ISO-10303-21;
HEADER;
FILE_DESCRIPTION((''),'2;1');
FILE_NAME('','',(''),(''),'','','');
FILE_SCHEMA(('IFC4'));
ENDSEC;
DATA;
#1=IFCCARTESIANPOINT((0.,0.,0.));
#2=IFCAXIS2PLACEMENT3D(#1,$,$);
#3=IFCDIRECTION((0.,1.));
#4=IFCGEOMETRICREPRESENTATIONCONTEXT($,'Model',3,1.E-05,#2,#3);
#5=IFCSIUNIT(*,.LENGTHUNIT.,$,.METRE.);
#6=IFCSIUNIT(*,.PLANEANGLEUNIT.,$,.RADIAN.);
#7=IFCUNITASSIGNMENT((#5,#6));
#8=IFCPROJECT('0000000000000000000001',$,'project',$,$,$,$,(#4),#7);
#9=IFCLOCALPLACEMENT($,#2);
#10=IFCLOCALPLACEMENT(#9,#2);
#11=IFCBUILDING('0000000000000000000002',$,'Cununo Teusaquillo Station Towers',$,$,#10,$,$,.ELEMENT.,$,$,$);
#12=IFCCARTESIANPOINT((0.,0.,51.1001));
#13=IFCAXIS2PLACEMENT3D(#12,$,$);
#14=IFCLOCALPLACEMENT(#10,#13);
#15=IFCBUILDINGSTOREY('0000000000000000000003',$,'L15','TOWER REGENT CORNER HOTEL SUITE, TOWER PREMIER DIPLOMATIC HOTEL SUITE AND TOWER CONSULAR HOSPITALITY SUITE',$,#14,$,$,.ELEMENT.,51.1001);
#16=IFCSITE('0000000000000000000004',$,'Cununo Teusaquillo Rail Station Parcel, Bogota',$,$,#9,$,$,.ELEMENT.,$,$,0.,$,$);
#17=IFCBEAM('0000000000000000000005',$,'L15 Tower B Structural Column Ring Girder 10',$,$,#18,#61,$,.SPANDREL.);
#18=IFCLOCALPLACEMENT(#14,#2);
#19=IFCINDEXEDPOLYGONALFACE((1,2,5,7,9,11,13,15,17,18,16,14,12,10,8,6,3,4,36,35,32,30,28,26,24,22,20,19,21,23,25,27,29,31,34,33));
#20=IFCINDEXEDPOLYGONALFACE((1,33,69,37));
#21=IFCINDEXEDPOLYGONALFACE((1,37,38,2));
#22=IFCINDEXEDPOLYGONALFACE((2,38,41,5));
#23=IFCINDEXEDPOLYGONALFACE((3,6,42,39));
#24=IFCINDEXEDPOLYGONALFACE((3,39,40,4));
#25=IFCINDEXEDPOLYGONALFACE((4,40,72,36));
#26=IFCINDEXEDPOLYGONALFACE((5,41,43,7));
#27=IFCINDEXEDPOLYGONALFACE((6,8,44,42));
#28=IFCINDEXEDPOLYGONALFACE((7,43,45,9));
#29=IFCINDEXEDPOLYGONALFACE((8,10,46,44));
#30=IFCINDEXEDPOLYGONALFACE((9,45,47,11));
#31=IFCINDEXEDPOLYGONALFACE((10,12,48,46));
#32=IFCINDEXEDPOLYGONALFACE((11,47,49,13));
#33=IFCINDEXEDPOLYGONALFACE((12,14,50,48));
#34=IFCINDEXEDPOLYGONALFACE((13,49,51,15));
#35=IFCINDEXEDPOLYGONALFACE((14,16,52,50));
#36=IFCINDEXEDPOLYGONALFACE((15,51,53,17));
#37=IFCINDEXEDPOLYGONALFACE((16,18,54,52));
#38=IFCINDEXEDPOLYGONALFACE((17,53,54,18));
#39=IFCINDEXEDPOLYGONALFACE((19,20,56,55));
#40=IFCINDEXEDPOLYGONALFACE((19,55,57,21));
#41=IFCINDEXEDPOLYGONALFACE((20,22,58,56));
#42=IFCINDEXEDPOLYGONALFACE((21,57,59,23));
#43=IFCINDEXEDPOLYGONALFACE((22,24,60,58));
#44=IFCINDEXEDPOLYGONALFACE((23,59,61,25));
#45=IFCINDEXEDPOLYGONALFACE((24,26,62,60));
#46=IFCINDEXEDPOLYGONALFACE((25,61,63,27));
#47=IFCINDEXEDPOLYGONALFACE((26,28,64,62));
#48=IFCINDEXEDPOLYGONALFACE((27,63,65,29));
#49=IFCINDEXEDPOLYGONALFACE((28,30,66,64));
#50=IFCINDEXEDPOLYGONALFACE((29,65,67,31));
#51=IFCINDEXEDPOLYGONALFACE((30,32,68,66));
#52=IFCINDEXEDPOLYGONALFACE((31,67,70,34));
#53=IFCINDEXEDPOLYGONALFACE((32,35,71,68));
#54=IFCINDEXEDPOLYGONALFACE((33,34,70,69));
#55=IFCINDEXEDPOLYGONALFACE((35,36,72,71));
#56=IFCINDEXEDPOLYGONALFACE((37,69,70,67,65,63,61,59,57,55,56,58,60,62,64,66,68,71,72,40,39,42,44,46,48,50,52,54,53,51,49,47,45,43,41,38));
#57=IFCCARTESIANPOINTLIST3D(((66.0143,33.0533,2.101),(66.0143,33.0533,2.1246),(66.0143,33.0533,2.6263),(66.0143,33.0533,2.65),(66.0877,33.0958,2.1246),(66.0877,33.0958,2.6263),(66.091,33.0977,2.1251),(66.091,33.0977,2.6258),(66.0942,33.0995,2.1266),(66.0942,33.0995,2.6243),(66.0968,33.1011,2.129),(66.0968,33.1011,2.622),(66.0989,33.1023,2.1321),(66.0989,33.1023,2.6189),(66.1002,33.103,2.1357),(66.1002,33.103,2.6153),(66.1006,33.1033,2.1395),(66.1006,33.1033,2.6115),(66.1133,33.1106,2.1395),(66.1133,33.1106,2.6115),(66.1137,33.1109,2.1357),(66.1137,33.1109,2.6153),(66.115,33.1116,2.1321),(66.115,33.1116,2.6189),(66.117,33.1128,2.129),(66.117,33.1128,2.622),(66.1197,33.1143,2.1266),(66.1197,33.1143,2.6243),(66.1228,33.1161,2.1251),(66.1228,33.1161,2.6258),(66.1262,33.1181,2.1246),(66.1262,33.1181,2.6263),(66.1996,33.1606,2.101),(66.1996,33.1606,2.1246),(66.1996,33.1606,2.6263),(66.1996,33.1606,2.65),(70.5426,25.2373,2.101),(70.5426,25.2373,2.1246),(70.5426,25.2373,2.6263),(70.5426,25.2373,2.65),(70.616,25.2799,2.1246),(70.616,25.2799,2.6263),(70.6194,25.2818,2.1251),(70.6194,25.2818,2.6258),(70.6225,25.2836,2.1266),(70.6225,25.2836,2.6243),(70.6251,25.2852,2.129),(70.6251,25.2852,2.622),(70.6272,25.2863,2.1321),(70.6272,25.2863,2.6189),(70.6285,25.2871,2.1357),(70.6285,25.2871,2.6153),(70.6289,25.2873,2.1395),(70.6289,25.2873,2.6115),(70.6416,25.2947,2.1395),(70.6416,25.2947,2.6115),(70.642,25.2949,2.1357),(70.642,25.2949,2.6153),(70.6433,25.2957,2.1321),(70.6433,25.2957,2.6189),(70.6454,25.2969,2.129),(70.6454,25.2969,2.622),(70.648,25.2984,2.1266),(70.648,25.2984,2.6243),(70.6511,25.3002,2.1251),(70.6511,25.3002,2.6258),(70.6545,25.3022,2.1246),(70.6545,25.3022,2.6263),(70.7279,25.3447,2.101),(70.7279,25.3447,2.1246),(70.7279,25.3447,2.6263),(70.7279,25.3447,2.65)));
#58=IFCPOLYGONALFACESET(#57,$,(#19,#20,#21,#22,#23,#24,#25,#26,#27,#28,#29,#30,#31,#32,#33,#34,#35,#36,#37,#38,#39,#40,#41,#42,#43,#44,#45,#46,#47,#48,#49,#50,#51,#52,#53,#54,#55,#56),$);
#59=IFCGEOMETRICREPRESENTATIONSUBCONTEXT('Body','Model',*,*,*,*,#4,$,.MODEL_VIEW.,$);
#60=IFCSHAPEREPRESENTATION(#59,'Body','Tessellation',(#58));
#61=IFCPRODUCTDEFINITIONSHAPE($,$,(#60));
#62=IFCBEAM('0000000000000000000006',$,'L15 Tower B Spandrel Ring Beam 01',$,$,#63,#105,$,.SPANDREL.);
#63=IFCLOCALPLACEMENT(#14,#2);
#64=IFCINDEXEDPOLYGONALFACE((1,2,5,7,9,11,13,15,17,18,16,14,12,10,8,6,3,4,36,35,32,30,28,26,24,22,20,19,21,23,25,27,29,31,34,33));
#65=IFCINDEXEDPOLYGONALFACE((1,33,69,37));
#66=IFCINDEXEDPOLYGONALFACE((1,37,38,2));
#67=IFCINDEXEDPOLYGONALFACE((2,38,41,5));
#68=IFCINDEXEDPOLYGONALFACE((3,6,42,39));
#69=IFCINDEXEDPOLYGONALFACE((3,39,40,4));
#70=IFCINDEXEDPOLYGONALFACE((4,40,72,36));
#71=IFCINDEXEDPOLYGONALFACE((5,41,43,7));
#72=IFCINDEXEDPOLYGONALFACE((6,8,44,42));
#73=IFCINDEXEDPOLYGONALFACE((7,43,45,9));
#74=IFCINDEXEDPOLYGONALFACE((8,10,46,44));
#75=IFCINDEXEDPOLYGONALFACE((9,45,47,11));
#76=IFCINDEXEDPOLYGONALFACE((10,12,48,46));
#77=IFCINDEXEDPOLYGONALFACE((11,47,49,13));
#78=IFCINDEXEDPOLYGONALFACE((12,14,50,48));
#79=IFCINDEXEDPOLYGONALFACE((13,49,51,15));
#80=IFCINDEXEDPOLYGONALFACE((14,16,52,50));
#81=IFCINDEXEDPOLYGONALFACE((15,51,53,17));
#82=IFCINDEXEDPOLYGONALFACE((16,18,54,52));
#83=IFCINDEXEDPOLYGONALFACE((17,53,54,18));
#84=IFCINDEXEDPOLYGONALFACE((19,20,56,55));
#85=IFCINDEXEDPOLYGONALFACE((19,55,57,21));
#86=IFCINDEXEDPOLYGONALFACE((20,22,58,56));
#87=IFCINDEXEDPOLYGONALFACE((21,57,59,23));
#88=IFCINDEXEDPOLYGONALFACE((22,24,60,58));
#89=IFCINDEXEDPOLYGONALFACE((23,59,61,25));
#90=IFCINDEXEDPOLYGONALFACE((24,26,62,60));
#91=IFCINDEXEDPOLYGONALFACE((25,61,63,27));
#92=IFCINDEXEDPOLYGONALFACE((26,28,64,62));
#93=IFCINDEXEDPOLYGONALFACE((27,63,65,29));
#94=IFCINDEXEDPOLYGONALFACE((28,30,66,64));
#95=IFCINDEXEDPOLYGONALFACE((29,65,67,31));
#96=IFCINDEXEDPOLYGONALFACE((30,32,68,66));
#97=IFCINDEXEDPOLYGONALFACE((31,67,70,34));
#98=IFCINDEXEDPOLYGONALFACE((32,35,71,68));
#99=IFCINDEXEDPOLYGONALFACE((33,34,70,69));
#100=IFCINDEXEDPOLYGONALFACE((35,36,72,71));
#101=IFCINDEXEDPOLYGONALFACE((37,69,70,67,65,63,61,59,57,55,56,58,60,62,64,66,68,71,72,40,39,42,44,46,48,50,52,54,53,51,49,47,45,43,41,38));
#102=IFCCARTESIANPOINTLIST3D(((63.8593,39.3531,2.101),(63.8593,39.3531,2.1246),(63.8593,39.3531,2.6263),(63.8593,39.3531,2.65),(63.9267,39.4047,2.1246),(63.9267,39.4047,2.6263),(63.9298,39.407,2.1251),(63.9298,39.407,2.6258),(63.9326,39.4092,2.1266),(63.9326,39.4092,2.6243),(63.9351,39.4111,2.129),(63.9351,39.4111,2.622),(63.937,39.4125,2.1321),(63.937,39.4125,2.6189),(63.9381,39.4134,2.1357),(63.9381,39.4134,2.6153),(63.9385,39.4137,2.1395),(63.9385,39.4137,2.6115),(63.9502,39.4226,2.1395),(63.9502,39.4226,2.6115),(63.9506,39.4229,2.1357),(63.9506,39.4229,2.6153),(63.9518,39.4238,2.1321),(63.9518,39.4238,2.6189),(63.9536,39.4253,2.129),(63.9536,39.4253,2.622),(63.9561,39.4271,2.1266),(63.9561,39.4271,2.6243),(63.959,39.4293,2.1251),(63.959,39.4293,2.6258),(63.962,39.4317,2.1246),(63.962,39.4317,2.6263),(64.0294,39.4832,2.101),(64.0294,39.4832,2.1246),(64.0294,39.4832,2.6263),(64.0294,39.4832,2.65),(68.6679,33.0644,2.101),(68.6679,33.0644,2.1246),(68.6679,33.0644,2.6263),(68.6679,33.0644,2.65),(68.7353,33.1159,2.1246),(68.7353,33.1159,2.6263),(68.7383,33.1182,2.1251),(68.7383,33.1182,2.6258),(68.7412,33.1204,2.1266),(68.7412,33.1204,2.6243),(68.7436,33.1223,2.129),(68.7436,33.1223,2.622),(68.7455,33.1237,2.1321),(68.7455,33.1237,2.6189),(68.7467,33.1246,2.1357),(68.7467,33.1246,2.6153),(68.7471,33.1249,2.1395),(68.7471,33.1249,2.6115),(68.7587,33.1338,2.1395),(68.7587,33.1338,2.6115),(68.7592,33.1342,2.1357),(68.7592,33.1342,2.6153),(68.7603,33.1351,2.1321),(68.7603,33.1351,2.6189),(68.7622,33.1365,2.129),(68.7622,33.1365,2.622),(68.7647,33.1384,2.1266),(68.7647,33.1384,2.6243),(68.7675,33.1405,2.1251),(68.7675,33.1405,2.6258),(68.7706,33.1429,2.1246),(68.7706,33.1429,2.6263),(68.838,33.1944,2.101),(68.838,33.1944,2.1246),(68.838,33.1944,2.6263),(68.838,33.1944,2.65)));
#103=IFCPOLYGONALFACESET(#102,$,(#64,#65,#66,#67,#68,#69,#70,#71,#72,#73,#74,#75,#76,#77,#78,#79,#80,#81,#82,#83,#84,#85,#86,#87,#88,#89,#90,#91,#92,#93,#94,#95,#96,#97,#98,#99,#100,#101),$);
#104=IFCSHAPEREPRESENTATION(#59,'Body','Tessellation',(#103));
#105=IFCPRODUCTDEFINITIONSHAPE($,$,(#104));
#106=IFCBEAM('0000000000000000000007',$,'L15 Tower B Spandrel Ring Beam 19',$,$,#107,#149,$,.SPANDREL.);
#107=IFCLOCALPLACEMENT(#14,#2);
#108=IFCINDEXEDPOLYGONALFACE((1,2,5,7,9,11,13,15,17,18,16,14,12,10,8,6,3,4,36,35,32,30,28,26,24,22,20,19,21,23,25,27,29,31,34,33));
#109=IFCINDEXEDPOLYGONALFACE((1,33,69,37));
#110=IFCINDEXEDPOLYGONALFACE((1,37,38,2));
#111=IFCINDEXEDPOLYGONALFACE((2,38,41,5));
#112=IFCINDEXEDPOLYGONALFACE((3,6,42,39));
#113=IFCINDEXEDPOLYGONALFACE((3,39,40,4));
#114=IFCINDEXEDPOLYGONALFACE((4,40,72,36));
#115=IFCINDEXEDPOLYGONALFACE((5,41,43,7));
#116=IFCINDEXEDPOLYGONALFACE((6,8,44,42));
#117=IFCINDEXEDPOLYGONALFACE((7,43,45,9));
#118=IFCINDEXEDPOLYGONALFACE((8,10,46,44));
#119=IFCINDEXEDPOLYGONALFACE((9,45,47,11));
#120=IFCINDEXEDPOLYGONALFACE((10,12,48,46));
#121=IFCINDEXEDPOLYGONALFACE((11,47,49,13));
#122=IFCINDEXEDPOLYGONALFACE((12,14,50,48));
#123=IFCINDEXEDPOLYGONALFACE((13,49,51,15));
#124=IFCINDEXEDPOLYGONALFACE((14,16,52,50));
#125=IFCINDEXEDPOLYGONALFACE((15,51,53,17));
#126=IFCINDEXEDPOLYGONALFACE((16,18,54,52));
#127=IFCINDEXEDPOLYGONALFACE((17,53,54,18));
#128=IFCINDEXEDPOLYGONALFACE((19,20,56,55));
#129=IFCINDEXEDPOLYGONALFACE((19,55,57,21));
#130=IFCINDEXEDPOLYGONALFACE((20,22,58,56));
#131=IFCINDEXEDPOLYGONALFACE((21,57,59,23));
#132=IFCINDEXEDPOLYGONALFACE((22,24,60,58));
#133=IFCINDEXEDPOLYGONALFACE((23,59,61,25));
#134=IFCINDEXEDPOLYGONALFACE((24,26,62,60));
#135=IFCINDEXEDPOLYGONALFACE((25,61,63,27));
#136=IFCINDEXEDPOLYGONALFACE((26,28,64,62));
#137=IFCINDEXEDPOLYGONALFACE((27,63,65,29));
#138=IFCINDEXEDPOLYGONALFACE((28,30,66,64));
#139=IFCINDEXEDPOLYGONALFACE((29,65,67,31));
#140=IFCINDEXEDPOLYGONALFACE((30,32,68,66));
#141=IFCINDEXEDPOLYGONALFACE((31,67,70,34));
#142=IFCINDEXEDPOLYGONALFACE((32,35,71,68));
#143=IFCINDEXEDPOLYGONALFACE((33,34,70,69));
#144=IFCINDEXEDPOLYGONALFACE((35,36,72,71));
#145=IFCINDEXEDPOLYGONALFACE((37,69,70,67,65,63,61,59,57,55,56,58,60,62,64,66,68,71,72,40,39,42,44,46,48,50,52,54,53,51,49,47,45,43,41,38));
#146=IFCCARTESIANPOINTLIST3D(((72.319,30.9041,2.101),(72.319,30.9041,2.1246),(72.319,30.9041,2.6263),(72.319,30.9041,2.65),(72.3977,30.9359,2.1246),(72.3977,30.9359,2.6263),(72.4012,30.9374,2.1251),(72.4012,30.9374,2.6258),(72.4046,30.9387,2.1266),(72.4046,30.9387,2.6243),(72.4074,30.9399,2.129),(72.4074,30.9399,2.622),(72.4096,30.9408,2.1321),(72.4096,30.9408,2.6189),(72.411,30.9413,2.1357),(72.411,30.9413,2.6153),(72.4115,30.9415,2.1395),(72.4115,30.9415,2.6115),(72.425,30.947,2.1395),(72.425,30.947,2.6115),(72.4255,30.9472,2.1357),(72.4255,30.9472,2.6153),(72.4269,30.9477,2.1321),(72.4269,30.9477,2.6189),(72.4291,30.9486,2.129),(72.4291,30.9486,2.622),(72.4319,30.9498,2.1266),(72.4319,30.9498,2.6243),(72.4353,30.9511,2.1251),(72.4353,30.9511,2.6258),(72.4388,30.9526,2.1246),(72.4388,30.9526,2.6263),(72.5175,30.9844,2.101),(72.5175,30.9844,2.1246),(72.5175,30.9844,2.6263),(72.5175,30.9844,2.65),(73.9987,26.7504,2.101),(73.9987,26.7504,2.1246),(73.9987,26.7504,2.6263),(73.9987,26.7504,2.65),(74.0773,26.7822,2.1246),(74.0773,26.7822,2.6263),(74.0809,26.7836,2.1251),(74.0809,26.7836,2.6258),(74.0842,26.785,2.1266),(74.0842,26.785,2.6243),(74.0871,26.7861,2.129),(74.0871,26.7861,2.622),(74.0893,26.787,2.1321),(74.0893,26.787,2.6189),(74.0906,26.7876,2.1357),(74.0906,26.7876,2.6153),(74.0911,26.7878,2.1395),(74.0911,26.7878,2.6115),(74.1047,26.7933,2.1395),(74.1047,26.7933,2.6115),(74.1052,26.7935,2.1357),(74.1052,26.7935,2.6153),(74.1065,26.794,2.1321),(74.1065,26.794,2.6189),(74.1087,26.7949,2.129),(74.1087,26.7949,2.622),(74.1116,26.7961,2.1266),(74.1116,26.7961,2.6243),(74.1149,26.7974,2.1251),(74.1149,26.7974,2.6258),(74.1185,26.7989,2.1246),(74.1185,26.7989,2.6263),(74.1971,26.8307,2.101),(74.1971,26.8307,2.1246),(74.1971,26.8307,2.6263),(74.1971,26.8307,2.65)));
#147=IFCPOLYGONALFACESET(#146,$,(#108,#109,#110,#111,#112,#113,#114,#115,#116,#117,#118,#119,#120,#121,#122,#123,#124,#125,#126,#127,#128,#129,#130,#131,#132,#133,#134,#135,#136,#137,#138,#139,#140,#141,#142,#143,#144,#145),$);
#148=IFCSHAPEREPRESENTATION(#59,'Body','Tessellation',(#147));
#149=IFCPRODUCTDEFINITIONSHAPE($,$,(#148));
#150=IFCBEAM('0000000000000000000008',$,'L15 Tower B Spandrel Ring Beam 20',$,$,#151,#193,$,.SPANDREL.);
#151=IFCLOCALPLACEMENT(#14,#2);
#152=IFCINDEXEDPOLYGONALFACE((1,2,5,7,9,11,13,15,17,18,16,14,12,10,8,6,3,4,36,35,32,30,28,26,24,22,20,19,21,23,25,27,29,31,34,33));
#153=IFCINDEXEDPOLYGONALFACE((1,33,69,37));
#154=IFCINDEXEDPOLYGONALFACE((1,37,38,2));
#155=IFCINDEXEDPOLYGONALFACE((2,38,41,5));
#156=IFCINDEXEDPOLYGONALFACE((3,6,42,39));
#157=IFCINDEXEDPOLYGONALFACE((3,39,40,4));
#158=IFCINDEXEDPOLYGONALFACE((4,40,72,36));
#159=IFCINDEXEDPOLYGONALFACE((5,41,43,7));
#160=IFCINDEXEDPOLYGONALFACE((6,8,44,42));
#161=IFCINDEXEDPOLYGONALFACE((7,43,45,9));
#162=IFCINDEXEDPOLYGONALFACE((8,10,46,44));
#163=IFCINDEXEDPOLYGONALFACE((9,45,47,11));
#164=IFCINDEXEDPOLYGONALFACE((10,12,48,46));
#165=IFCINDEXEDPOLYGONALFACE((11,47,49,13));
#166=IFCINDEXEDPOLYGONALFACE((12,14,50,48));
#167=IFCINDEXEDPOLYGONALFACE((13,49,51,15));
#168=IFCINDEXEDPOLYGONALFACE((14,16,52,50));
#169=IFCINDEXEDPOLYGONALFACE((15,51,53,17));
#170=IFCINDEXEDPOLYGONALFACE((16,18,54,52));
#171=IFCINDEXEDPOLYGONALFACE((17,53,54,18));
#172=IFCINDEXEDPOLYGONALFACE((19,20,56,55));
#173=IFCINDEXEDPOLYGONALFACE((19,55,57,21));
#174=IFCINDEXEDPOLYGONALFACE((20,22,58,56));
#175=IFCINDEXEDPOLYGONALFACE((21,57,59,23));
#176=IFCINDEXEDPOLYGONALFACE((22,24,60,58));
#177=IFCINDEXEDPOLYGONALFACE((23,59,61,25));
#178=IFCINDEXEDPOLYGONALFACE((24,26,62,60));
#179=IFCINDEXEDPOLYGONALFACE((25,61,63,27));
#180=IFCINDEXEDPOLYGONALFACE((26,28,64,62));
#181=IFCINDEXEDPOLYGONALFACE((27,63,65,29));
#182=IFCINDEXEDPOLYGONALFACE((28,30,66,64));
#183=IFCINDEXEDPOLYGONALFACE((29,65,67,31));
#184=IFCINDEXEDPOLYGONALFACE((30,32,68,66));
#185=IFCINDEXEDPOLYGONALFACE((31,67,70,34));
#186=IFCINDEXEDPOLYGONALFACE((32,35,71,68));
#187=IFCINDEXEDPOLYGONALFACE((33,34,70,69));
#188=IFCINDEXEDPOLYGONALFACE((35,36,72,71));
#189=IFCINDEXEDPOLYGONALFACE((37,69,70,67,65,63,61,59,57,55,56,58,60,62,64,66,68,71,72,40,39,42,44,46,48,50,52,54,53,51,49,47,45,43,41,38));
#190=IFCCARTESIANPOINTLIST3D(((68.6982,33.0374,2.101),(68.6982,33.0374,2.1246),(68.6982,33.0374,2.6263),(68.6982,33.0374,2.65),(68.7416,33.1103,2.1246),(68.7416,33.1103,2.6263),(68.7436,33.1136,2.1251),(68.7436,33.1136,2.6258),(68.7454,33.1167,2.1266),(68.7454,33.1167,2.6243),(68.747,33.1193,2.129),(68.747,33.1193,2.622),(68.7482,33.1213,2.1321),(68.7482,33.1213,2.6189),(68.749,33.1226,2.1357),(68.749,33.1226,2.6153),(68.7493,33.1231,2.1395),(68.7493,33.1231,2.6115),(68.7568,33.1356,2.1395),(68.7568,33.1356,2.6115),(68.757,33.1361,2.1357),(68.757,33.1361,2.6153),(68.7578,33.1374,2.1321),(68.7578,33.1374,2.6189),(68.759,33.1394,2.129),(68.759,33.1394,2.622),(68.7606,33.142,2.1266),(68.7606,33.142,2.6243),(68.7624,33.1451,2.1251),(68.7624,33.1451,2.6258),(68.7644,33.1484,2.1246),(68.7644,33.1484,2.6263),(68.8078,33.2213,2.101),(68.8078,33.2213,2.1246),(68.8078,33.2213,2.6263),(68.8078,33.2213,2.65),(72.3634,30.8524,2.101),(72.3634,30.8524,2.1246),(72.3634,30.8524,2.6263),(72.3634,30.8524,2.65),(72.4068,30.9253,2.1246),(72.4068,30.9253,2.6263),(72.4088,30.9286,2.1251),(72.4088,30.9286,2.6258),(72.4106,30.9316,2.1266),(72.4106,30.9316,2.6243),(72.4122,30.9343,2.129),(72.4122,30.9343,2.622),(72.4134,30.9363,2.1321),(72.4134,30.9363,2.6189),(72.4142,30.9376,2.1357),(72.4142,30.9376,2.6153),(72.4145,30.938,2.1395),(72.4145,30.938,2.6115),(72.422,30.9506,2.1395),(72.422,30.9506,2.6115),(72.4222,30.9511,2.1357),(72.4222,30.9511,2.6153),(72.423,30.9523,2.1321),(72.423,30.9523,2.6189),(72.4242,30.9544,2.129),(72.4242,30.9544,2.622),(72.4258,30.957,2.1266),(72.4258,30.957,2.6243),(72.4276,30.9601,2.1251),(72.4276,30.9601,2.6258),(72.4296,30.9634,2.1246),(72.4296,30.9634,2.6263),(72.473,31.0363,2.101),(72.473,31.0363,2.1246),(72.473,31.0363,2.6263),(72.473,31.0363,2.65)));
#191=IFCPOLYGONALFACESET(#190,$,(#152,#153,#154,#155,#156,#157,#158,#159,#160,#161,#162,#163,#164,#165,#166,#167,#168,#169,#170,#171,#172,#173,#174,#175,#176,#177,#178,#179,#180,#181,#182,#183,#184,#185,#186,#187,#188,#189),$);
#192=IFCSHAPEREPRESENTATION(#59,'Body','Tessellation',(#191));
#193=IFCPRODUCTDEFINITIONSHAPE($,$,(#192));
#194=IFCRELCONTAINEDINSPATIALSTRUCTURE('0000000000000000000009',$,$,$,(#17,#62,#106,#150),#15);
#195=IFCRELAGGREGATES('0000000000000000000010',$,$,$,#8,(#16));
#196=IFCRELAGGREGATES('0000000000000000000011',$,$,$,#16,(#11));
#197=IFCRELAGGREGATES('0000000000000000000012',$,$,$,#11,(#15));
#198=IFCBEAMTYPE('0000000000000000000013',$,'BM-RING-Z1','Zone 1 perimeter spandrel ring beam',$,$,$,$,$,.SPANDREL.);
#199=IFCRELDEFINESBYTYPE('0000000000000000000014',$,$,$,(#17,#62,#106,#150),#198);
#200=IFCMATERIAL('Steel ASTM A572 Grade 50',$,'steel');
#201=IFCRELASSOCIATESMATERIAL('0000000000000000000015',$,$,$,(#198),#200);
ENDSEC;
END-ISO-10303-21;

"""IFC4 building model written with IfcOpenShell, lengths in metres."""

from ifc_helpers import new_model, si_unit, direction, frame, origin, origin_2d, place, context, subcontext, project, spatial, i_section, extrude, material, material_profile, profile_set, type_object, element, save


model = new_model("IFC4")

# Units and contexts
model_context = context("Model", 3, precision=1e-05, world=origin(), true_north=direction((0.0, 1.0)))
body_context = subcontext(model_context, "Body", "Model", "MODEL_VIEW")
ifc_project = project(units=[si_unit("LENGTHUNIT", "METRE"), si_unit("PLANEANGLEUNIT", "RADIAN")], contexts=[model_context])

# Site, building, storey
site_placement = place(None, origin())
site = spatial("IfcSite", under=ifc_project, at=site_placement, Name="Cununo Teusaquillo Rail Station Parcel, Bogota", CompositionType="ELEMENT", RefElevation=0.0)
building_placement = place(site_placement, origin())
building = spatial("IfcBuilding", under=site, at=building_placement, Name="Cununo Teusaquillo Station Towers", CompositionType="ELEMENT")
storey_placement = place(building_placement, frame((0.0, 0.0, 51.1001)))
storey = spatial("IfcBuildingStorey", under=building, at=storey_placement, Name="L15", Description="TOWER REGENT CORNER HOTEL SUITE, TOWER PREMIER DIPLOMATIC HOTEL SUITE AND TOWER CONSULAR HOSPITALITY SUITE", CompositionType="ELEMENT", Elevation=51.1001)

# Beams
ifc_material_1 = material(Name="Steel ASTM A572 Grade 50", Category="steel")
ifc_material_profile_1 = material_profile(ifc_material_1, i_section(OverallWidth=0.2141, OverallDepth=0.5491, WebThickness=0.0146, FlangeThickness=0.0237, FilletRadius=0.0149, at=origin_2d()), Name="W21X93")
ifc_profile_set_1 = profile_set([ifc_material_profile_1], Name="Steel ASTM A572 Grade 50")
beam_type = type_object("IfcBeamType", Name="BM-RING-Z1", Description="Zone 1 perimeter spandrel ring beam", PredefinedType="SPANDREL", material=ifc_profile_set_1)
for number, where, z_axis, x_axis, name in (
    (1, (70.6353, 25.291, 2.3755), (-0.501311, 0.865267, 0.0), (-0.865267, -0.501311, 0.0), "L15 Tower B Structural Column Ring Girder 10"),
):
    element("IfcBeam", number, at=place(storey_placement, frame(where, z_axis=z_axis, x_axis=x_axis)), inside=storey, type_object=beam_type, Name=name, PredefinedType="SPANDREL", context=body_context, shape_type="SweptSolid", body=[
        extrude(i_section(OverallWidth=0.2141, OverallDepth=0.5491, WebThickness=0.0146, FlangeThickness=0.0237, FilletRadius=0.0149, at=origin_2d()), origin(), (0.0, 0.0, 1.0), 9.033),
    ])
beam_1_placement = place(storey_placement, frame((68.7529, 33.1294, 2.3755), z_axis=(-0.60741, 0.794388, 0.0), x_axis=(-0.794388, -0.60741, 0.0)))
element("IfcBeam", 2, at=beam_1_placement, inside=storey, type_object=beam_type, Name="L15 Tower B Spandrel Ring Beam 01", PredefinedType="SPANDREL", context=body_context, shape_type="SweptSolid", body=[
    extrude(i_section(OverallWidth=0.2141, OverallDepth=0.5491, WebThickness=0.0146, FlangeThickness=0.0237, FilletRadius=0.0149, at=origin_2d()), origin(), (0.0, 0.0, 1.0), 7.9165),
])
beam_2_placement = place(storey_placement, frame((74.0979, 26.7905, 2.3755), z_axis=(-0.374883, 0.927072, 0.0), x_axis=(-0.927072, -0.374883, 0.0)))
element("IfcBeam", 3, at=beam_2_placement, inside=storey, type_object=beam_type, Name="L15 Tower B Spandrel Ring Beam 19", PredefinedType="SPANDREL", context=body_context, shape_type="SweptSolid", body=[
    extrude(i_section(OverallWidth=0.2141, OverallDepth=0.5491, WebThickness=0.0146, FlangeThickness=0.0237, FilletRadius=0.0149, at=origin_2d()), origin(), (0.0, 0.0, 1.0), 4.4805),
])
beam_3_placement = place(storey_placement, frame((72.4182, 30.9443, 2.3755), z_axis=(-0.858948, 0.512062, 0.0), x_axis=(-0.512062, -0.858948, 0.0)))
element("IfcBeam", 4, at=beam_3_placement, inside=storey, type_object=beam_type, Name="L15 Tower B Spandrel Ring Beam 20", PredefinedType="SPANDREL", context=body_context, shape_type="SweptSolid", body=[
    extrude(i_section(OverallWidth=0.2141, OverallDepth=0.5491, WebThickness=0.0146, FlangeThickness=0.0237, FilletRadius=0.0149, at=origin_2d()), origin(), (0.0, 0.0, 1.0), 4.2671),
])

save(model, "model.ifc")
